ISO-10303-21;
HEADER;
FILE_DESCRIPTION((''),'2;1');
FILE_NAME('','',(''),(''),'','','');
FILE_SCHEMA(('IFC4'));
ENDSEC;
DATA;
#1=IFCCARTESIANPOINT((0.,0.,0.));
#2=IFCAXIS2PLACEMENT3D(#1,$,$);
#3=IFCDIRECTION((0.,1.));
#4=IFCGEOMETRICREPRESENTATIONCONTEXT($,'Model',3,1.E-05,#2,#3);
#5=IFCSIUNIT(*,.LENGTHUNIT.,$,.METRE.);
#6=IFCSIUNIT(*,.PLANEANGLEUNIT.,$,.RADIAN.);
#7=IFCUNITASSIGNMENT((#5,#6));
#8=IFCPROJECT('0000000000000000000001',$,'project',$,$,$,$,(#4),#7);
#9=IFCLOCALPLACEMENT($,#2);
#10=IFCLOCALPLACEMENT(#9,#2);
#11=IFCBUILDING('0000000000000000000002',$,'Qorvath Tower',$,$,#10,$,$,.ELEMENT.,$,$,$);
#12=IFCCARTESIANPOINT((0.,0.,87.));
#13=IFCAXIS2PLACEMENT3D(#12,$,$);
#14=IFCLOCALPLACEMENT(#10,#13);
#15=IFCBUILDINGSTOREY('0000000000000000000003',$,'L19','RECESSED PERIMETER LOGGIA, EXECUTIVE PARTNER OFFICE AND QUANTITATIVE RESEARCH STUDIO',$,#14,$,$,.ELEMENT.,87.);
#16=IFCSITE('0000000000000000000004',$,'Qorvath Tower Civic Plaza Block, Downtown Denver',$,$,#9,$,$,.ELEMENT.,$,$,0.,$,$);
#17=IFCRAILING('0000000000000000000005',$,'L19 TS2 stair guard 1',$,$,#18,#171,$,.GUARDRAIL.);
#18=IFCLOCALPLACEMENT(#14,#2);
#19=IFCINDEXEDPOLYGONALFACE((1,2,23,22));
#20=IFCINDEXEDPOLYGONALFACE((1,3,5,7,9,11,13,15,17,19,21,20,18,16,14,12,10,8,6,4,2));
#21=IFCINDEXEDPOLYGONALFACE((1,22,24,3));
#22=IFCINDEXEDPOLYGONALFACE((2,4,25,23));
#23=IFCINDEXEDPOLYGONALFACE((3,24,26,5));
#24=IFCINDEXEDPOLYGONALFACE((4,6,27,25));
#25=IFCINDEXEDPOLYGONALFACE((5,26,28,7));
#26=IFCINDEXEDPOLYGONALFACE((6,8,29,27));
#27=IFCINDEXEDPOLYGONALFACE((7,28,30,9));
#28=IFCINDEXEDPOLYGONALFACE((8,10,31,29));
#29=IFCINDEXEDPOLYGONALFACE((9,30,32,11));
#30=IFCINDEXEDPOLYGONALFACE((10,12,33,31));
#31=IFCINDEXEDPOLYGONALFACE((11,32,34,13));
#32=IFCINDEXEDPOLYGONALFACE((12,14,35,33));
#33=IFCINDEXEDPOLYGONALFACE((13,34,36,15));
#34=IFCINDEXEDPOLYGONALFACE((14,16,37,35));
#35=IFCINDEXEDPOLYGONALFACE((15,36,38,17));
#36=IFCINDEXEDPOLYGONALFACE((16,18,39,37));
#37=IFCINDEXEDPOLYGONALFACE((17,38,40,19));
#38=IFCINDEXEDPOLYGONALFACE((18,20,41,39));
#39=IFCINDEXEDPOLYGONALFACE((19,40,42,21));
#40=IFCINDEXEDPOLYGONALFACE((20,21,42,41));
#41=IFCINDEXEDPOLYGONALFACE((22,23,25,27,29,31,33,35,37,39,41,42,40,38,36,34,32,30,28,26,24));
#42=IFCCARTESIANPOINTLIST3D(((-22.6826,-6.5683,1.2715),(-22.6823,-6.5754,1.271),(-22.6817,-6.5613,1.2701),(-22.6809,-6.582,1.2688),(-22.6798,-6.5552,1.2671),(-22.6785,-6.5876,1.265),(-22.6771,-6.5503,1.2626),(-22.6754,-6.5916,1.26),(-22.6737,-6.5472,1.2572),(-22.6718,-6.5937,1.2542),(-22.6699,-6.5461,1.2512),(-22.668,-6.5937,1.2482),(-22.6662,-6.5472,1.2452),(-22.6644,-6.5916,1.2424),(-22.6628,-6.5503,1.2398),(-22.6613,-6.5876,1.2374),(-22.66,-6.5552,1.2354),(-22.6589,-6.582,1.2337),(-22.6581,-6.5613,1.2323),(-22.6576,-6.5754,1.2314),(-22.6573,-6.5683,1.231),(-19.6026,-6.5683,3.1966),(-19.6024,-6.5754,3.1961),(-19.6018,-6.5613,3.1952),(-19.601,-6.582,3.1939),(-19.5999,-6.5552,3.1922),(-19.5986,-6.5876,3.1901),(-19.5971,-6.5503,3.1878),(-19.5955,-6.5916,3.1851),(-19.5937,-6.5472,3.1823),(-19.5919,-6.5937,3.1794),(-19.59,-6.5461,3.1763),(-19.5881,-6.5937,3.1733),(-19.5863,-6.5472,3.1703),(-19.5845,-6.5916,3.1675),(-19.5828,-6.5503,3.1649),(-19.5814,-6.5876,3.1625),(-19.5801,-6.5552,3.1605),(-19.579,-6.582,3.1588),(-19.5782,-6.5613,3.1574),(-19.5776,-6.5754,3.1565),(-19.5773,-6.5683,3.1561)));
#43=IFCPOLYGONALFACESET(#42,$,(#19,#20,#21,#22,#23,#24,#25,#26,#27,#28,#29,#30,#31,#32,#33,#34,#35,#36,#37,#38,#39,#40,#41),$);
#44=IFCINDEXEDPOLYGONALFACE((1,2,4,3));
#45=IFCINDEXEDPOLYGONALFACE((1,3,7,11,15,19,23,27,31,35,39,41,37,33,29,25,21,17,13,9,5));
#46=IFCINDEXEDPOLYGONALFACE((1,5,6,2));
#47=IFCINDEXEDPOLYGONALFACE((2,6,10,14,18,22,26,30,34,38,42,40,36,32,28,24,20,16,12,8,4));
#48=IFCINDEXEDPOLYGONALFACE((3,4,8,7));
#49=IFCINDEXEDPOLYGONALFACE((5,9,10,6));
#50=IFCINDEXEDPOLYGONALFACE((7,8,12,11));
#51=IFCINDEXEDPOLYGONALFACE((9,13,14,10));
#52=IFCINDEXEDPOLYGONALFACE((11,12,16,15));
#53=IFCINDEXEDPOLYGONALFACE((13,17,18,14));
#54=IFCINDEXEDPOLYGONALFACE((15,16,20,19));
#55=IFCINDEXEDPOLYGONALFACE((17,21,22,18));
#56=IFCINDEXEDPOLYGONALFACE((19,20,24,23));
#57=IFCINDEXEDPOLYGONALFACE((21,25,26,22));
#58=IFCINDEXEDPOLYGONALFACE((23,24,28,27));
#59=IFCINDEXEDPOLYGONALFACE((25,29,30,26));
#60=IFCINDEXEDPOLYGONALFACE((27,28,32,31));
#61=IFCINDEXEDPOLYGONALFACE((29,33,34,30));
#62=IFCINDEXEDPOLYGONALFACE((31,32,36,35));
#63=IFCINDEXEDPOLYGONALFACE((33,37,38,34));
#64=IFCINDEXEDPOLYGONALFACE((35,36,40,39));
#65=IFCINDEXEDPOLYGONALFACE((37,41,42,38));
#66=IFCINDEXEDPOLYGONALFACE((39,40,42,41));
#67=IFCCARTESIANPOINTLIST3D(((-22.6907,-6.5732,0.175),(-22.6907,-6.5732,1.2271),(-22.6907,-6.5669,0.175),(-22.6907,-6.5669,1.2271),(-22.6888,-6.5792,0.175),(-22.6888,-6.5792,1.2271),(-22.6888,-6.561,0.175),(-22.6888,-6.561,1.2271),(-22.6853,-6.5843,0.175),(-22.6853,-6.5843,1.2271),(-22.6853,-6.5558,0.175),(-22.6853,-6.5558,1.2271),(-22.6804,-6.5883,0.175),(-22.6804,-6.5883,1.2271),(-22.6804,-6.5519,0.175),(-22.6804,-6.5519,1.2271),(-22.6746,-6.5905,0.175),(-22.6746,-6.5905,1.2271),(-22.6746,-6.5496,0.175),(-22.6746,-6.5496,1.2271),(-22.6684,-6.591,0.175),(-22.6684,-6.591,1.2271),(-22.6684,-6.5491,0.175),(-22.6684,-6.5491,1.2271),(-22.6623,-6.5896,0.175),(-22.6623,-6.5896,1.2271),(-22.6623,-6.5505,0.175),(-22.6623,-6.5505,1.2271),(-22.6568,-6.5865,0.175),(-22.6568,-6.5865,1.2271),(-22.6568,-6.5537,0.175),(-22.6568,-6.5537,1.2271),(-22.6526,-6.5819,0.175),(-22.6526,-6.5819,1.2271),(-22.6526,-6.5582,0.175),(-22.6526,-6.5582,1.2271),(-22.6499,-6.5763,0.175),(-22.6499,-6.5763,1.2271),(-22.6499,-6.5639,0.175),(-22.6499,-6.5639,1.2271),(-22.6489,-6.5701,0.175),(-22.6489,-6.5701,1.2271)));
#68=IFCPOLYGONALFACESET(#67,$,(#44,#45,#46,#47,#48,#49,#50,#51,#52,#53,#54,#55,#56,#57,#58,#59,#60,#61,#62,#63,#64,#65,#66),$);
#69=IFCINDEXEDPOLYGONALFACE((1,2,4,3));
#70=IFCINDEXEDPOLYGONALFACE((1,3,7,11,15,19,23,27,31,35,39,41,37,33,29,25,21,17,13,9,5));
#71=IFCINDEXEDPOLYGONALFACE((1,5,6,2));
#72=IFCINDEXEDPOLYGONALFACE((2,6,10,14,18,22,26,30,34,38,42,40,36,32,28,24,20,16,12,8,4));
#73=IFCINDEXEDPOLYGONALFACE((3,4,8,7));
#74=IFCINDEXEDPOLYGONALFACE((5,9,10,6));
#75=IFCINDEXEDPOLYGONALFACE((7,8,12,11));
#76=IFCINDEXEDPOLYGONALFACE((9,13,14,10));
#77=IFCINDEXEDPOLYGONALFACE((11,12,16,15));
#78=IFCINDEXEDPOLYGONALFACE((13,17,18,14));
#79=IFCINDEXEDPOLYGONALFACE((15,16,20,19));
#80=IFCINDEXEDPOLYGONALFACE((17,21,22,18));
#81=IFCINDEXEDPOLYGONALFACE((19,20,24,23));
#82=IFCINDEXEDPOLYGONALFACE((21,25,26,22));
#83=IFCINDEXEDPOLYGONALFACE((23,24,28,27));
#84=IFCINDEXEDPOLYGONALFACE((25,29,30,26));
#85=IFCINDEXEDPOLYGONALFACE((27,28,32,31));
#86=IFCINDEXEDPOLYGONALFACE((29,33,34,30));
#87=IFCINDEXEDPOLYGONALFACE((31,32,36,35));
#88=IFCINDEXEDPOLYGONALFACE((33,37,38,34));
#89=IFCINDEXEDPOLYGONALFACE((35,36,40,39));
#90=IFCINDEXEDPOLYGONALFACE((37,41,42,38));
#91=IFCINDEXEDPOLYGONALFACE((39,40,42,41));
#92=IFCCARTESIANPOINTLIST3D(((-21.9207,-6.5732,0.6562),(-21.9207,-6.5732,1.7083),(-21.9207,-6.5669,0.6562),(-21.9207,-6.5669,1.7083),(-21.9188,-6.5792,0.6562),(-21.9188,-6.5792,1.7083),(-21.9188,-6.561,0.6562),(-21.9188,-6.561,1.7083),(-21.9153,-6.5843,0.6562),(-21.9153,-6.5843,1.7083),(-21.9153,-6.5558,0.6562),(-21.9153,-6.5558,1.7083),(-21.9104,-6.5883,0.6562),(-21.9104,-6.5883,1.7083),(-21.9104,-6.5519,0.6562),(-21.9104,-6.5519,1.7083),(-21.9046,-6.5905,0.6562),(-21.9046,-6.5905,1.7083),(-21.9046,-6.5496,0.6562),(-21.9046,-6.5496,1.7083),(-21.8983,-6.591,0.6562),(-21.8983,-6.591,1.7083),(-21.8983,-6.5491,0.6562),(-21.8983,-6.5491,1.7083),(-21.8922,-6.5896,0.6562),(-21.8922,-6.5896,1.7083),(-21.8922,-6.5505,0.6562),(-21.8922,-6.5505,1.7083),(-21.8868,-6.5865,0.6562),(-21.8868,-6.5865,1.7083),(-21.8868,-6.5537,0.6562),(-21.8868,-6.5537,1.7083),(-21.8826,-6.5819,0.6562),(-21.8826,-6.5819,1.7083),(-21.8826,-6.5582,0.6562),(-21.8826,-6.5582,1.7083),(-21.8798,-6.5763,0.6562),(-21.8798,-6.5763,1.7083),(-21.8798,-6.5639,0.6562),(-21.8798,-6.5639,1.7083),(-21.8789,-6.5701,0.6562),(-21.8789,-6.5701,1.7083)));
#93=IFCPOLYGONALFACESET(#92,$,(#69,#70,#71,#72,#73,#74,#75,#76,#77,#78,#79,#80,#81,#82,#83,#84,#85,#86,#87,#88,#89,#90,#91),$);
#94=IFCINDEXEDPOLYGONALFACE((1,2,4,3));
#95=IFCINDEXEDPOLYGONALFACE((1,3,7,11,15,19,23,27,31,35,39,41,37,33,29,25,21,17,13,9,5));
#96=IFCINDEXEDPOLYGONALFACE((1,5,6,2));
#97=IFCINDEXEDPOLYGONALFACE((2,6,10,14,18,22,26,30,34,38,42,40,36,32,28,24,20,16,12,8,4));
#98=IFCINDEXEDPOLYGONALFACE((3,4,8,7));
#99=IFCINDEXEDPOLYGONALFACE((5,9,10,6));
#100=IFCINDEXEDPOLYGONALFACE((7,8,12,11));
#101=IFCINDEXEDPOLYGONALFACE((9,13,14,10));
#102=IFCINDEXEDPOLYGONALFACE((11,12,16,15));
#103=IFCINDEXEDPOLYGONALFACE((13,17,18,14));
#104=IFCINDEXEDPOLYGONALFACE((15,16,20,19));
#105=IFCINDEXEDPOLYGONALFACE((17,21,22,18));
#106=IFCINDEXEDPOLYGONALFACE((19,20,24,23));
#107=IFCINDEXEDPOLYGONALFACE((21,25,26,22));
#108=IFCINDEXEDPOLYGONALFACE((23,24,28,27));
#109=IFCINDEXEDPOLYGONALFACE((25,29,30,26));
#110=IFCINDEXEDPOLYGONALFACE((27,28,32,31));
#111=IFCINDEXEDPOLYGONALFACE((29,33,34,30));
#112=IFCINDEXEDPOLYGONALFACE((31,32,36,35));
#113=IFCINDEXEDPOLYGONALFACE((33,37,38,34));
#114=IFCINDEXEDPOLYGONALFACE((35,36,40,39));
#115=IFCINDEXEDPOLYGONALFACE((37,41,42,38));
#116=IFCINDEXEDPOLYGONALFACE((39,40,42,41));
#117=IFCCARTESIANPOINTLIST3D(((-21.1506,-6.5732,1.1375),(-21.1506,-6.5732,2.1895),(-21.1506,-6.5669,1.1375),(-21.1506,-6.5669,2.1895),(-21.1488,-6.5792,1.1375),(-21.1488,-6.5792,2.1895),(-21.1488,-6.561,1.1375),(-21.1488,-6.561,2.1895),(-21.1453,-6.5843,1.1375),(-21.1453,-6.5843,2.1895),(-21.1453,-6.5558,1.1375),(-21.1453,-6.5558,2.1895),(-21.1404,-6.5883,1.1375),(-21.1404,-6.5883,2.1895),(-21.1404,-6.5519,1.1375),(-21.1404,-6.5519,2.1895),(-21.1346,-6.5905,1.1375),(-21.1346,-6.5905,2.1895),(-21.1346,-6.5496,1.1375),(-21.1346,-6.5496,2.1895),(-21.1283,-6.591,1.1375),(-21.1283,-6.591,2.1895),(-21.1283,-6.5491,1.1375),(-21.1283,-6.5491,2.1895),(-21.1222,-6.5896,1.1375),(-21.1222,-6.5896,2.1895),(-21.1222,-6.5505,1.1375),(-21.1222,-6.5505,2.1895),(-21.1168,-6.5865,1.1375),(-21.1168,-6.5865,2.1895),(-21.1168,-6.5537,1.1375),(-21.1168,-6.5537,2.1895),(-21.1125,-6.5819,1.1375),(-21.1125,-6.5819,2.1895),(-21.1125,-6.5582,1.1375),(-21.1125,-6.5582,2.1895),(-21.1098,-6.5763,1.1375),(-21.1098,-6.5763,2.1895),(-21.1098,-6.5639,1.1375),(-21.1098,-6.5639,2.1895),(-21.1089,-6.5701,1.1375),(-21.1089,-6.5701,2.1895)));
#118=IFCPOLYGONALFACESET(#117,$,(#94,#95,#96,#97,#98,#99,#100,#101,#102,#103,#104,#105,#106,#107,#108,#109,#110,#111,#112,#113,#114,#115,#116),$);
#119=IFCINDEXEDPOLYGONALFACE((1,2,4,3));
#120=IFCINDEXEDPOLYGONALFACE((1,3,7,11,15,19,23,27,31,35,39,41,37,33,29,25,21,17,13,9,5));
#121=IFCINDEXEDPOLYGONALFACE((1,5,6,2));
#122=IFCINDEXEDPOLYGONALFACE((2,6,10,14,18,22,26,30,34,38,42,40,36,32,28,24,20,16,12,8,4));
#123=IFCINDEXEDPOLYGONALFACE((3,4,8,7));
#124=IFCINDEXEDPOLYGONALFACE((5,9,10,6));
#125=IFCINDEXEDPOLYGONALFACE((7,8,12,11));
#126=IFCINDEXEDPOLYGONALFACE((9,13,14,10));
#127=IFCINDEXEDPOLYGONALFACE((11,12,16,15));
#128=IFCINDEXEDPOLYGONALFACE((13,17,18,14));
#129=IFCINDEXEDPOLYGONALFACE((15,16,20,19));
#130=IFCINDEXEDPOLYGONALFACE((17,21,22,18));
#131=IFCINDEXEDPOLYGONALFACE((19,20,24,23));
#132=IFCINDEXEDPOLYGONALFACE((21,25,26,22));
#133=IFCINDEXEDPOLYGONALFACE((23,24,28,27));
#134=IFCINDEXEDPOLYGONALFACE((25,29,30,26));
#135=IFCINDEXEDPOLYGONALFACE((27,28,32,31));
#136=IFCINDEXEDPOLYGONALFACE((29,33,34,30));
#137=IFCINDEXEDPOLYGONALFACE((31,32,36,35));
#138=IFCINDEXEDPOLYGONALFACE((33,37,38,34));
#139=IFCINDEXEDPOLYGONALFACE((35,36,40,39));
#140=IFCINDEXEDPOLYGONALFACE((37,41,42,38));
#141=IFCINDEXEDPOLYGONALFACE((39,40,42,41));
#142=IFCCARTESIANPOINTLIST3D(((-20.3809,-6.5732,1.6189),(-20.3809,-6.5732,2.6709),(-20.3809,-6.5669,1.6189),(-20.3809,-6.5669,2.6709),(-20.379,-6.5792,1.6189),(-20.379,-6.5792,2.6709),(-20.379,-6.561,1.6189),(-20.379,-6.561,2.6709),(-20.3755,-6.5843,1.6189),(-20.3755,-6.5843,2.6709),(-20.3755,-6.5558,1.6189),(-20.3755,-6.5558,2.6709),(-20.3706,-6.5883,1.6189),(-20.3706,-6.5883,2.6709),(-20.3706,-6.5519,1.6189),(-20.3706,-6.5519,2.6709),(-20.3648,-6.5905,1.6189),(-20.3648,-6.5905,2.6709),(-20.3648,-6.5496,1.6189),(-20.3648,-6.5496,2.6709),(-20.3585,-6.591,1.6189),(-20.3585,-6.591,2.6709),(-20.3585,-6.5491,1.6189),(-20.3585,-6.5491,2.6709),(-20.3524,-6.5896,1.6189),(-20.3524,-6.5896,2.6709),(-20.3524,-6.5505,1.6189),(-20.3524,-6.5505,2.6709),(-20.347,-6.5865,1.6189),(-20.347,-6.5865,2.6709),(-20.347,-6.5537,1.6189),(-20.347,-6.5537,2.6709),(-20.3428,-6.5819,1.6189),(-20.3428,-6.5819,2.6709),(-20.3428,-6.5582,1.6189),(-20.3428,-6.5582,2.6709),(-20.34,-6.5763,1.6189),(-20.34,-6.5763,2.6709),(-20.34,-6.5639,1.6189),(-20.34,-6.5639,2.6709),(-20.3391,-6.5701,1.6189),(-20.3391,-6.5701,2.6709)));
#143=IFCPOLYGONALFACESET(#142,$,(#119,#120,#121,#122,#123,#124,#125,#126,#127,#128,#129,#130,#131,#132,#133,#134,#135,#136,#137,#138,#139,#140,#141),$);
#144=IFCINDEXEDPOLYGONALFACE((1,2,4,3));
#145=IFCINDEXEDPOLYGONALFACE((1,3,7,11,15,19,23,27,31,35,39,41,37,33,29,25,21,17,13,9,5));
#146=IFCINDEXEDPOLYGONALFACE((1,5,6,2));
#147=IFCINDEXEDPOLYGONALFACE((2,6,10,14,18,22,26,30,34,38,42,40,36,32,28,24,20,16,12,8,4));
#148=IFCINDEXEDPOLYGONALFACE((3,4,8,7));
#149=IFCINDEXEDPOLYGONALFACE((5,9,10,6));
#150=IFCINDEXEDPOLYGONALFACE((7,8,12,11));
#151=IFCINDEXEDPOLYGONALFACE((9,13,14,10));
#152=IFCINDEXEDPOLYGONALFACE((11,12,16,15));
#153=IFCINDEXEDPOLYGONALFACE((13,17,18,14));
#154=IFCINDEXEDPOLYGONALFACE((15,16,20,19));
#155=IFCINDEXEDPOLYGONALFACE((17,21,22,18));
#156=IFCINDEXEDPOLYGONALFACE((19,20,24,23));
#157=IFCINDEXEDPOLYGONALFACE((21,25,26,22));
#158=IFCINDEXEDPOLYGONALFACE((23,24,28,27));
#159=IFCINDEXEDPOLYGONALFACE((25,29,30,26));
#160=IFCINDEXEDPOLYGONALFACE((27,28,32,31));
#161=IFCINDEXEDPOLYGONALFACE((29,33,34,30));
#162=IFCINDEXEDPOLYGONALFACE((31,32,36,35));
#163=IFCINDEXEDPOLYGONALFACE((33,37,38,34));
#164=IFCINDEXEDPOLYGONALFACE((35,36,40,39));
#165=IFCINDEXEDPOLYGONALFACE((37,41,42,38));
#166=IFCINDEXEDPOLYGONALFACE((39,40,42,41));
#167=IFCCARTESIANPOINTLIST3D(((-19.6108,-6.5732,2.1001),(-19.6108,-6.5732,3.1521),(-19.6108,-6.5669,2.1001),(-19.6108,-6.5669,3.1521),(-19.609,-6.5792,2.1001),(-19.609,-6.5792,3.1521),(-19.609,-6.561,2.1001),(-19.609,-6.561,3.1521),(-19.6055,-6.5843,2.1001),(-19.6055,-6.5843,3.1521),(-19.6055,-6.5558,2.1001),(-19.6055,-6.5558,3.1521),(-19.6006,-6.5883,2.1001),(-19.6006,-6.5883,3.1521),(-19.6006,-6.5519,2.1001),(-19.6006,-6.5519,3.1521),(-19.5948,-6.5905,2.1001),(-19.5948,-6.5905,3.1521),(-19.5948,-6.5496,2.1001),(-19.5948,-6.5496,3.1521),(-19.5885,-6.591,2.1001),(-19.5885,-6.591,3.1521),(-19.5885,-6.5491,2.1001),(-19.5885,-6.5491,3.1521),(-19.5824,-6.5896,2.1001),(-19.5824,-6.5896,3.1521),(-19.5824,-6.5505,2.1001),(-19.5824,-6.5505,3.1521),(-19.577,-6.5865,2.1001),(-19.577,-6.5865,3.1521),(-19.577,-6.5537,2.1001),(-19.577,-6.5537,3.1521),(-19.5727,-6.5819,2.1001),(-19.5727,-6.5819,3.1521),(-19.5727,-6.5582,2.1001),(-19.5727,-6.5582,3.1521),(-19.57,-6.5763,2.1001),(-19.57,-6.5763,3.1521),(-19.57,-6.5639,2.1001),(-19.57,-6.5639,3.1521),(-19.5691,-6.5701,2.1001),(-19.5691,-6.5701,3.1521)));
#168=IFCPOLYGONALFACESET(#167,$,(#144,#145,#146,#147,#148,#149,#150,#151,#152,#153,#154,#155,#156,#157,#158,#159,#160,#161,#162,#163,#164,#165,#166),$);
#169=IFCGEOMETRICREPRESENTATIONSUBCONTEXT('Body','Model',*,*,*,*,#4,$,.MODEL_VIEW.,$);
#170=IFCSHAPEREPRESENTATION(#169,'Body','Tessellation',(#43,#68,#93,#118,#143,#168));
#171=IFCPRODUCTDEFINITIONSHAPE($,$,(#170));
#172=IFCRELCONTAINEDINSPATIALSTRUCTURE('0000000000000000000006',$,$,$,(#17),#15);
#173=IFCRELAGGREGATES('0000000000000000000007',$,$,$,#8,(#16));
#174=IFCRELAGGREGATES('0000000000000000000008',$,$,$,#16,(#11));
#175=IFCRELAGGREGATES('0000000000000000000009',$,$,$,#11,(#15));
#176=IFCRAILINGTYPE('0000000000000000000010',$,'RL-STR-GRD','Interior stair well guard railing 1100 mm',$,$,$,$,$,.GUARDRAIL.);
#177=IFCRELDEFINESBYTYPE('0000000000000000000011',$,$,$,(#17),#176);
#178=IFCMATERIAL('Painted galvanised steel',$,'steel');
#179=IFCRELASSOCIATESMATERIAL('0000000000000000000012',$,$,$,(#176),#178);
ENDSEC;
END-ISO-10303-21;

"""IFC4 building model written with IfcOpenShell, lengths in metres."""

from ifc_helpers import new_model, si_unit, direction, frame, origin, origin_2d, place, context, subcontext, project, spatial, circle, extrude, material, type_object, element, save


model = new_model("IFC4")

# Units and contexts
model_context = context("Model", 3, precision=1e-05, world=origin(), true_north=direction((0.0, 1.0)))
body_context = subcontext(model_context, "Body", "Model", "MODEL_VIEW")
ifc_project = project(units=[si_unit("LENGTHUNIT", "METRE"), si_unit("PLANEANGLEUNIT", "RADIAN")], contexts=[model_context])

# Site, building, storey
site_placement = place(None, origin())
site = spatial("IfcSite", under=ifc_project, at=site_placement, Name="Qorvath Tower Civic Plaza Block, Downtown Denver", CompositionType="ELEMENT", RefElevation=0.0)
building_placement = place(site_placement, origin())
building = spatial("IfcBuilding", under=site, at=building_placement, Name="Qorvath Tower", CompositionType="ELEMENT")
storey_placement = place(building_placement, frame((0.0, 0.0, 87.0)))
storey = spatial("IfcBuildingStorey", under=building, at=storey_placement, Name="L19", Description="RECESSED PERIMETER LOGGIA, EXECUTIVE PARTNER OFFICE AND QUANTITATIVE RESEARCH STUDIO", CompositionType="ELEMENT", Elevation=87.0)

# Railing
ifc_material_1 = material(Name="Painted galvanised steel", Category="steel")
railing_type_1 = type_object("IfcRailingType", Name="RL-STR-GRD", Description="Interior stair well guard railing 1100 mm", PredefinedType="GUARDRAIL", material=ifc_material_1)
railing_1_placement = place(storey_placement, frame((-22.6699, -6.5701, 0.175)))
element("IfcRailing", 1, at=railing_1_placement, inside=storey, type_object=railing_type_1, Name="L19 TS2 stair guard 1", PredefinedType="GUARDRAIL", context=body_context, shape_type="SweptSolid", body=[
    extrude(circle(Radius=0.0239, at=origin_2d()), frame((0.0, 0.0, 1.0762), z_axis=(0.847979, 0.0, 0.530029), x_axis=(0.0, 1.0, 0.0)), (0.0, 0.0, 1.0), 3.6321),
    extrude(circle(Radius=0.021, at=origin_2d()), origin(), (0.0, 0.0, 1.0), 1.052),
    extrude(circle(Radius=0.021, at=origin_2d()), frame((0.77, 0.0, 0.4812)), (0.0, 0.0, 1.0), 1.052),
    extrude(circle(Radius=0.021, at=origin_2d()), frame((1.54, 0.0, 0.9624)), (0.0, 0.0, 1.0), 1.052),
    extrude(circle(Radius=0.021, at=origin_2d()), frame((2.3098, 0.0, 1.4438)), (0.0, 0.0, 1.0), 1.052),
    extrude(circle(Radius=0.021, at=origin_2d()), frame((3.0798, 0.0, 1.925)), (0.0, 0.0, 1.0), 1.052),
])

save(model, "model.ifc")
